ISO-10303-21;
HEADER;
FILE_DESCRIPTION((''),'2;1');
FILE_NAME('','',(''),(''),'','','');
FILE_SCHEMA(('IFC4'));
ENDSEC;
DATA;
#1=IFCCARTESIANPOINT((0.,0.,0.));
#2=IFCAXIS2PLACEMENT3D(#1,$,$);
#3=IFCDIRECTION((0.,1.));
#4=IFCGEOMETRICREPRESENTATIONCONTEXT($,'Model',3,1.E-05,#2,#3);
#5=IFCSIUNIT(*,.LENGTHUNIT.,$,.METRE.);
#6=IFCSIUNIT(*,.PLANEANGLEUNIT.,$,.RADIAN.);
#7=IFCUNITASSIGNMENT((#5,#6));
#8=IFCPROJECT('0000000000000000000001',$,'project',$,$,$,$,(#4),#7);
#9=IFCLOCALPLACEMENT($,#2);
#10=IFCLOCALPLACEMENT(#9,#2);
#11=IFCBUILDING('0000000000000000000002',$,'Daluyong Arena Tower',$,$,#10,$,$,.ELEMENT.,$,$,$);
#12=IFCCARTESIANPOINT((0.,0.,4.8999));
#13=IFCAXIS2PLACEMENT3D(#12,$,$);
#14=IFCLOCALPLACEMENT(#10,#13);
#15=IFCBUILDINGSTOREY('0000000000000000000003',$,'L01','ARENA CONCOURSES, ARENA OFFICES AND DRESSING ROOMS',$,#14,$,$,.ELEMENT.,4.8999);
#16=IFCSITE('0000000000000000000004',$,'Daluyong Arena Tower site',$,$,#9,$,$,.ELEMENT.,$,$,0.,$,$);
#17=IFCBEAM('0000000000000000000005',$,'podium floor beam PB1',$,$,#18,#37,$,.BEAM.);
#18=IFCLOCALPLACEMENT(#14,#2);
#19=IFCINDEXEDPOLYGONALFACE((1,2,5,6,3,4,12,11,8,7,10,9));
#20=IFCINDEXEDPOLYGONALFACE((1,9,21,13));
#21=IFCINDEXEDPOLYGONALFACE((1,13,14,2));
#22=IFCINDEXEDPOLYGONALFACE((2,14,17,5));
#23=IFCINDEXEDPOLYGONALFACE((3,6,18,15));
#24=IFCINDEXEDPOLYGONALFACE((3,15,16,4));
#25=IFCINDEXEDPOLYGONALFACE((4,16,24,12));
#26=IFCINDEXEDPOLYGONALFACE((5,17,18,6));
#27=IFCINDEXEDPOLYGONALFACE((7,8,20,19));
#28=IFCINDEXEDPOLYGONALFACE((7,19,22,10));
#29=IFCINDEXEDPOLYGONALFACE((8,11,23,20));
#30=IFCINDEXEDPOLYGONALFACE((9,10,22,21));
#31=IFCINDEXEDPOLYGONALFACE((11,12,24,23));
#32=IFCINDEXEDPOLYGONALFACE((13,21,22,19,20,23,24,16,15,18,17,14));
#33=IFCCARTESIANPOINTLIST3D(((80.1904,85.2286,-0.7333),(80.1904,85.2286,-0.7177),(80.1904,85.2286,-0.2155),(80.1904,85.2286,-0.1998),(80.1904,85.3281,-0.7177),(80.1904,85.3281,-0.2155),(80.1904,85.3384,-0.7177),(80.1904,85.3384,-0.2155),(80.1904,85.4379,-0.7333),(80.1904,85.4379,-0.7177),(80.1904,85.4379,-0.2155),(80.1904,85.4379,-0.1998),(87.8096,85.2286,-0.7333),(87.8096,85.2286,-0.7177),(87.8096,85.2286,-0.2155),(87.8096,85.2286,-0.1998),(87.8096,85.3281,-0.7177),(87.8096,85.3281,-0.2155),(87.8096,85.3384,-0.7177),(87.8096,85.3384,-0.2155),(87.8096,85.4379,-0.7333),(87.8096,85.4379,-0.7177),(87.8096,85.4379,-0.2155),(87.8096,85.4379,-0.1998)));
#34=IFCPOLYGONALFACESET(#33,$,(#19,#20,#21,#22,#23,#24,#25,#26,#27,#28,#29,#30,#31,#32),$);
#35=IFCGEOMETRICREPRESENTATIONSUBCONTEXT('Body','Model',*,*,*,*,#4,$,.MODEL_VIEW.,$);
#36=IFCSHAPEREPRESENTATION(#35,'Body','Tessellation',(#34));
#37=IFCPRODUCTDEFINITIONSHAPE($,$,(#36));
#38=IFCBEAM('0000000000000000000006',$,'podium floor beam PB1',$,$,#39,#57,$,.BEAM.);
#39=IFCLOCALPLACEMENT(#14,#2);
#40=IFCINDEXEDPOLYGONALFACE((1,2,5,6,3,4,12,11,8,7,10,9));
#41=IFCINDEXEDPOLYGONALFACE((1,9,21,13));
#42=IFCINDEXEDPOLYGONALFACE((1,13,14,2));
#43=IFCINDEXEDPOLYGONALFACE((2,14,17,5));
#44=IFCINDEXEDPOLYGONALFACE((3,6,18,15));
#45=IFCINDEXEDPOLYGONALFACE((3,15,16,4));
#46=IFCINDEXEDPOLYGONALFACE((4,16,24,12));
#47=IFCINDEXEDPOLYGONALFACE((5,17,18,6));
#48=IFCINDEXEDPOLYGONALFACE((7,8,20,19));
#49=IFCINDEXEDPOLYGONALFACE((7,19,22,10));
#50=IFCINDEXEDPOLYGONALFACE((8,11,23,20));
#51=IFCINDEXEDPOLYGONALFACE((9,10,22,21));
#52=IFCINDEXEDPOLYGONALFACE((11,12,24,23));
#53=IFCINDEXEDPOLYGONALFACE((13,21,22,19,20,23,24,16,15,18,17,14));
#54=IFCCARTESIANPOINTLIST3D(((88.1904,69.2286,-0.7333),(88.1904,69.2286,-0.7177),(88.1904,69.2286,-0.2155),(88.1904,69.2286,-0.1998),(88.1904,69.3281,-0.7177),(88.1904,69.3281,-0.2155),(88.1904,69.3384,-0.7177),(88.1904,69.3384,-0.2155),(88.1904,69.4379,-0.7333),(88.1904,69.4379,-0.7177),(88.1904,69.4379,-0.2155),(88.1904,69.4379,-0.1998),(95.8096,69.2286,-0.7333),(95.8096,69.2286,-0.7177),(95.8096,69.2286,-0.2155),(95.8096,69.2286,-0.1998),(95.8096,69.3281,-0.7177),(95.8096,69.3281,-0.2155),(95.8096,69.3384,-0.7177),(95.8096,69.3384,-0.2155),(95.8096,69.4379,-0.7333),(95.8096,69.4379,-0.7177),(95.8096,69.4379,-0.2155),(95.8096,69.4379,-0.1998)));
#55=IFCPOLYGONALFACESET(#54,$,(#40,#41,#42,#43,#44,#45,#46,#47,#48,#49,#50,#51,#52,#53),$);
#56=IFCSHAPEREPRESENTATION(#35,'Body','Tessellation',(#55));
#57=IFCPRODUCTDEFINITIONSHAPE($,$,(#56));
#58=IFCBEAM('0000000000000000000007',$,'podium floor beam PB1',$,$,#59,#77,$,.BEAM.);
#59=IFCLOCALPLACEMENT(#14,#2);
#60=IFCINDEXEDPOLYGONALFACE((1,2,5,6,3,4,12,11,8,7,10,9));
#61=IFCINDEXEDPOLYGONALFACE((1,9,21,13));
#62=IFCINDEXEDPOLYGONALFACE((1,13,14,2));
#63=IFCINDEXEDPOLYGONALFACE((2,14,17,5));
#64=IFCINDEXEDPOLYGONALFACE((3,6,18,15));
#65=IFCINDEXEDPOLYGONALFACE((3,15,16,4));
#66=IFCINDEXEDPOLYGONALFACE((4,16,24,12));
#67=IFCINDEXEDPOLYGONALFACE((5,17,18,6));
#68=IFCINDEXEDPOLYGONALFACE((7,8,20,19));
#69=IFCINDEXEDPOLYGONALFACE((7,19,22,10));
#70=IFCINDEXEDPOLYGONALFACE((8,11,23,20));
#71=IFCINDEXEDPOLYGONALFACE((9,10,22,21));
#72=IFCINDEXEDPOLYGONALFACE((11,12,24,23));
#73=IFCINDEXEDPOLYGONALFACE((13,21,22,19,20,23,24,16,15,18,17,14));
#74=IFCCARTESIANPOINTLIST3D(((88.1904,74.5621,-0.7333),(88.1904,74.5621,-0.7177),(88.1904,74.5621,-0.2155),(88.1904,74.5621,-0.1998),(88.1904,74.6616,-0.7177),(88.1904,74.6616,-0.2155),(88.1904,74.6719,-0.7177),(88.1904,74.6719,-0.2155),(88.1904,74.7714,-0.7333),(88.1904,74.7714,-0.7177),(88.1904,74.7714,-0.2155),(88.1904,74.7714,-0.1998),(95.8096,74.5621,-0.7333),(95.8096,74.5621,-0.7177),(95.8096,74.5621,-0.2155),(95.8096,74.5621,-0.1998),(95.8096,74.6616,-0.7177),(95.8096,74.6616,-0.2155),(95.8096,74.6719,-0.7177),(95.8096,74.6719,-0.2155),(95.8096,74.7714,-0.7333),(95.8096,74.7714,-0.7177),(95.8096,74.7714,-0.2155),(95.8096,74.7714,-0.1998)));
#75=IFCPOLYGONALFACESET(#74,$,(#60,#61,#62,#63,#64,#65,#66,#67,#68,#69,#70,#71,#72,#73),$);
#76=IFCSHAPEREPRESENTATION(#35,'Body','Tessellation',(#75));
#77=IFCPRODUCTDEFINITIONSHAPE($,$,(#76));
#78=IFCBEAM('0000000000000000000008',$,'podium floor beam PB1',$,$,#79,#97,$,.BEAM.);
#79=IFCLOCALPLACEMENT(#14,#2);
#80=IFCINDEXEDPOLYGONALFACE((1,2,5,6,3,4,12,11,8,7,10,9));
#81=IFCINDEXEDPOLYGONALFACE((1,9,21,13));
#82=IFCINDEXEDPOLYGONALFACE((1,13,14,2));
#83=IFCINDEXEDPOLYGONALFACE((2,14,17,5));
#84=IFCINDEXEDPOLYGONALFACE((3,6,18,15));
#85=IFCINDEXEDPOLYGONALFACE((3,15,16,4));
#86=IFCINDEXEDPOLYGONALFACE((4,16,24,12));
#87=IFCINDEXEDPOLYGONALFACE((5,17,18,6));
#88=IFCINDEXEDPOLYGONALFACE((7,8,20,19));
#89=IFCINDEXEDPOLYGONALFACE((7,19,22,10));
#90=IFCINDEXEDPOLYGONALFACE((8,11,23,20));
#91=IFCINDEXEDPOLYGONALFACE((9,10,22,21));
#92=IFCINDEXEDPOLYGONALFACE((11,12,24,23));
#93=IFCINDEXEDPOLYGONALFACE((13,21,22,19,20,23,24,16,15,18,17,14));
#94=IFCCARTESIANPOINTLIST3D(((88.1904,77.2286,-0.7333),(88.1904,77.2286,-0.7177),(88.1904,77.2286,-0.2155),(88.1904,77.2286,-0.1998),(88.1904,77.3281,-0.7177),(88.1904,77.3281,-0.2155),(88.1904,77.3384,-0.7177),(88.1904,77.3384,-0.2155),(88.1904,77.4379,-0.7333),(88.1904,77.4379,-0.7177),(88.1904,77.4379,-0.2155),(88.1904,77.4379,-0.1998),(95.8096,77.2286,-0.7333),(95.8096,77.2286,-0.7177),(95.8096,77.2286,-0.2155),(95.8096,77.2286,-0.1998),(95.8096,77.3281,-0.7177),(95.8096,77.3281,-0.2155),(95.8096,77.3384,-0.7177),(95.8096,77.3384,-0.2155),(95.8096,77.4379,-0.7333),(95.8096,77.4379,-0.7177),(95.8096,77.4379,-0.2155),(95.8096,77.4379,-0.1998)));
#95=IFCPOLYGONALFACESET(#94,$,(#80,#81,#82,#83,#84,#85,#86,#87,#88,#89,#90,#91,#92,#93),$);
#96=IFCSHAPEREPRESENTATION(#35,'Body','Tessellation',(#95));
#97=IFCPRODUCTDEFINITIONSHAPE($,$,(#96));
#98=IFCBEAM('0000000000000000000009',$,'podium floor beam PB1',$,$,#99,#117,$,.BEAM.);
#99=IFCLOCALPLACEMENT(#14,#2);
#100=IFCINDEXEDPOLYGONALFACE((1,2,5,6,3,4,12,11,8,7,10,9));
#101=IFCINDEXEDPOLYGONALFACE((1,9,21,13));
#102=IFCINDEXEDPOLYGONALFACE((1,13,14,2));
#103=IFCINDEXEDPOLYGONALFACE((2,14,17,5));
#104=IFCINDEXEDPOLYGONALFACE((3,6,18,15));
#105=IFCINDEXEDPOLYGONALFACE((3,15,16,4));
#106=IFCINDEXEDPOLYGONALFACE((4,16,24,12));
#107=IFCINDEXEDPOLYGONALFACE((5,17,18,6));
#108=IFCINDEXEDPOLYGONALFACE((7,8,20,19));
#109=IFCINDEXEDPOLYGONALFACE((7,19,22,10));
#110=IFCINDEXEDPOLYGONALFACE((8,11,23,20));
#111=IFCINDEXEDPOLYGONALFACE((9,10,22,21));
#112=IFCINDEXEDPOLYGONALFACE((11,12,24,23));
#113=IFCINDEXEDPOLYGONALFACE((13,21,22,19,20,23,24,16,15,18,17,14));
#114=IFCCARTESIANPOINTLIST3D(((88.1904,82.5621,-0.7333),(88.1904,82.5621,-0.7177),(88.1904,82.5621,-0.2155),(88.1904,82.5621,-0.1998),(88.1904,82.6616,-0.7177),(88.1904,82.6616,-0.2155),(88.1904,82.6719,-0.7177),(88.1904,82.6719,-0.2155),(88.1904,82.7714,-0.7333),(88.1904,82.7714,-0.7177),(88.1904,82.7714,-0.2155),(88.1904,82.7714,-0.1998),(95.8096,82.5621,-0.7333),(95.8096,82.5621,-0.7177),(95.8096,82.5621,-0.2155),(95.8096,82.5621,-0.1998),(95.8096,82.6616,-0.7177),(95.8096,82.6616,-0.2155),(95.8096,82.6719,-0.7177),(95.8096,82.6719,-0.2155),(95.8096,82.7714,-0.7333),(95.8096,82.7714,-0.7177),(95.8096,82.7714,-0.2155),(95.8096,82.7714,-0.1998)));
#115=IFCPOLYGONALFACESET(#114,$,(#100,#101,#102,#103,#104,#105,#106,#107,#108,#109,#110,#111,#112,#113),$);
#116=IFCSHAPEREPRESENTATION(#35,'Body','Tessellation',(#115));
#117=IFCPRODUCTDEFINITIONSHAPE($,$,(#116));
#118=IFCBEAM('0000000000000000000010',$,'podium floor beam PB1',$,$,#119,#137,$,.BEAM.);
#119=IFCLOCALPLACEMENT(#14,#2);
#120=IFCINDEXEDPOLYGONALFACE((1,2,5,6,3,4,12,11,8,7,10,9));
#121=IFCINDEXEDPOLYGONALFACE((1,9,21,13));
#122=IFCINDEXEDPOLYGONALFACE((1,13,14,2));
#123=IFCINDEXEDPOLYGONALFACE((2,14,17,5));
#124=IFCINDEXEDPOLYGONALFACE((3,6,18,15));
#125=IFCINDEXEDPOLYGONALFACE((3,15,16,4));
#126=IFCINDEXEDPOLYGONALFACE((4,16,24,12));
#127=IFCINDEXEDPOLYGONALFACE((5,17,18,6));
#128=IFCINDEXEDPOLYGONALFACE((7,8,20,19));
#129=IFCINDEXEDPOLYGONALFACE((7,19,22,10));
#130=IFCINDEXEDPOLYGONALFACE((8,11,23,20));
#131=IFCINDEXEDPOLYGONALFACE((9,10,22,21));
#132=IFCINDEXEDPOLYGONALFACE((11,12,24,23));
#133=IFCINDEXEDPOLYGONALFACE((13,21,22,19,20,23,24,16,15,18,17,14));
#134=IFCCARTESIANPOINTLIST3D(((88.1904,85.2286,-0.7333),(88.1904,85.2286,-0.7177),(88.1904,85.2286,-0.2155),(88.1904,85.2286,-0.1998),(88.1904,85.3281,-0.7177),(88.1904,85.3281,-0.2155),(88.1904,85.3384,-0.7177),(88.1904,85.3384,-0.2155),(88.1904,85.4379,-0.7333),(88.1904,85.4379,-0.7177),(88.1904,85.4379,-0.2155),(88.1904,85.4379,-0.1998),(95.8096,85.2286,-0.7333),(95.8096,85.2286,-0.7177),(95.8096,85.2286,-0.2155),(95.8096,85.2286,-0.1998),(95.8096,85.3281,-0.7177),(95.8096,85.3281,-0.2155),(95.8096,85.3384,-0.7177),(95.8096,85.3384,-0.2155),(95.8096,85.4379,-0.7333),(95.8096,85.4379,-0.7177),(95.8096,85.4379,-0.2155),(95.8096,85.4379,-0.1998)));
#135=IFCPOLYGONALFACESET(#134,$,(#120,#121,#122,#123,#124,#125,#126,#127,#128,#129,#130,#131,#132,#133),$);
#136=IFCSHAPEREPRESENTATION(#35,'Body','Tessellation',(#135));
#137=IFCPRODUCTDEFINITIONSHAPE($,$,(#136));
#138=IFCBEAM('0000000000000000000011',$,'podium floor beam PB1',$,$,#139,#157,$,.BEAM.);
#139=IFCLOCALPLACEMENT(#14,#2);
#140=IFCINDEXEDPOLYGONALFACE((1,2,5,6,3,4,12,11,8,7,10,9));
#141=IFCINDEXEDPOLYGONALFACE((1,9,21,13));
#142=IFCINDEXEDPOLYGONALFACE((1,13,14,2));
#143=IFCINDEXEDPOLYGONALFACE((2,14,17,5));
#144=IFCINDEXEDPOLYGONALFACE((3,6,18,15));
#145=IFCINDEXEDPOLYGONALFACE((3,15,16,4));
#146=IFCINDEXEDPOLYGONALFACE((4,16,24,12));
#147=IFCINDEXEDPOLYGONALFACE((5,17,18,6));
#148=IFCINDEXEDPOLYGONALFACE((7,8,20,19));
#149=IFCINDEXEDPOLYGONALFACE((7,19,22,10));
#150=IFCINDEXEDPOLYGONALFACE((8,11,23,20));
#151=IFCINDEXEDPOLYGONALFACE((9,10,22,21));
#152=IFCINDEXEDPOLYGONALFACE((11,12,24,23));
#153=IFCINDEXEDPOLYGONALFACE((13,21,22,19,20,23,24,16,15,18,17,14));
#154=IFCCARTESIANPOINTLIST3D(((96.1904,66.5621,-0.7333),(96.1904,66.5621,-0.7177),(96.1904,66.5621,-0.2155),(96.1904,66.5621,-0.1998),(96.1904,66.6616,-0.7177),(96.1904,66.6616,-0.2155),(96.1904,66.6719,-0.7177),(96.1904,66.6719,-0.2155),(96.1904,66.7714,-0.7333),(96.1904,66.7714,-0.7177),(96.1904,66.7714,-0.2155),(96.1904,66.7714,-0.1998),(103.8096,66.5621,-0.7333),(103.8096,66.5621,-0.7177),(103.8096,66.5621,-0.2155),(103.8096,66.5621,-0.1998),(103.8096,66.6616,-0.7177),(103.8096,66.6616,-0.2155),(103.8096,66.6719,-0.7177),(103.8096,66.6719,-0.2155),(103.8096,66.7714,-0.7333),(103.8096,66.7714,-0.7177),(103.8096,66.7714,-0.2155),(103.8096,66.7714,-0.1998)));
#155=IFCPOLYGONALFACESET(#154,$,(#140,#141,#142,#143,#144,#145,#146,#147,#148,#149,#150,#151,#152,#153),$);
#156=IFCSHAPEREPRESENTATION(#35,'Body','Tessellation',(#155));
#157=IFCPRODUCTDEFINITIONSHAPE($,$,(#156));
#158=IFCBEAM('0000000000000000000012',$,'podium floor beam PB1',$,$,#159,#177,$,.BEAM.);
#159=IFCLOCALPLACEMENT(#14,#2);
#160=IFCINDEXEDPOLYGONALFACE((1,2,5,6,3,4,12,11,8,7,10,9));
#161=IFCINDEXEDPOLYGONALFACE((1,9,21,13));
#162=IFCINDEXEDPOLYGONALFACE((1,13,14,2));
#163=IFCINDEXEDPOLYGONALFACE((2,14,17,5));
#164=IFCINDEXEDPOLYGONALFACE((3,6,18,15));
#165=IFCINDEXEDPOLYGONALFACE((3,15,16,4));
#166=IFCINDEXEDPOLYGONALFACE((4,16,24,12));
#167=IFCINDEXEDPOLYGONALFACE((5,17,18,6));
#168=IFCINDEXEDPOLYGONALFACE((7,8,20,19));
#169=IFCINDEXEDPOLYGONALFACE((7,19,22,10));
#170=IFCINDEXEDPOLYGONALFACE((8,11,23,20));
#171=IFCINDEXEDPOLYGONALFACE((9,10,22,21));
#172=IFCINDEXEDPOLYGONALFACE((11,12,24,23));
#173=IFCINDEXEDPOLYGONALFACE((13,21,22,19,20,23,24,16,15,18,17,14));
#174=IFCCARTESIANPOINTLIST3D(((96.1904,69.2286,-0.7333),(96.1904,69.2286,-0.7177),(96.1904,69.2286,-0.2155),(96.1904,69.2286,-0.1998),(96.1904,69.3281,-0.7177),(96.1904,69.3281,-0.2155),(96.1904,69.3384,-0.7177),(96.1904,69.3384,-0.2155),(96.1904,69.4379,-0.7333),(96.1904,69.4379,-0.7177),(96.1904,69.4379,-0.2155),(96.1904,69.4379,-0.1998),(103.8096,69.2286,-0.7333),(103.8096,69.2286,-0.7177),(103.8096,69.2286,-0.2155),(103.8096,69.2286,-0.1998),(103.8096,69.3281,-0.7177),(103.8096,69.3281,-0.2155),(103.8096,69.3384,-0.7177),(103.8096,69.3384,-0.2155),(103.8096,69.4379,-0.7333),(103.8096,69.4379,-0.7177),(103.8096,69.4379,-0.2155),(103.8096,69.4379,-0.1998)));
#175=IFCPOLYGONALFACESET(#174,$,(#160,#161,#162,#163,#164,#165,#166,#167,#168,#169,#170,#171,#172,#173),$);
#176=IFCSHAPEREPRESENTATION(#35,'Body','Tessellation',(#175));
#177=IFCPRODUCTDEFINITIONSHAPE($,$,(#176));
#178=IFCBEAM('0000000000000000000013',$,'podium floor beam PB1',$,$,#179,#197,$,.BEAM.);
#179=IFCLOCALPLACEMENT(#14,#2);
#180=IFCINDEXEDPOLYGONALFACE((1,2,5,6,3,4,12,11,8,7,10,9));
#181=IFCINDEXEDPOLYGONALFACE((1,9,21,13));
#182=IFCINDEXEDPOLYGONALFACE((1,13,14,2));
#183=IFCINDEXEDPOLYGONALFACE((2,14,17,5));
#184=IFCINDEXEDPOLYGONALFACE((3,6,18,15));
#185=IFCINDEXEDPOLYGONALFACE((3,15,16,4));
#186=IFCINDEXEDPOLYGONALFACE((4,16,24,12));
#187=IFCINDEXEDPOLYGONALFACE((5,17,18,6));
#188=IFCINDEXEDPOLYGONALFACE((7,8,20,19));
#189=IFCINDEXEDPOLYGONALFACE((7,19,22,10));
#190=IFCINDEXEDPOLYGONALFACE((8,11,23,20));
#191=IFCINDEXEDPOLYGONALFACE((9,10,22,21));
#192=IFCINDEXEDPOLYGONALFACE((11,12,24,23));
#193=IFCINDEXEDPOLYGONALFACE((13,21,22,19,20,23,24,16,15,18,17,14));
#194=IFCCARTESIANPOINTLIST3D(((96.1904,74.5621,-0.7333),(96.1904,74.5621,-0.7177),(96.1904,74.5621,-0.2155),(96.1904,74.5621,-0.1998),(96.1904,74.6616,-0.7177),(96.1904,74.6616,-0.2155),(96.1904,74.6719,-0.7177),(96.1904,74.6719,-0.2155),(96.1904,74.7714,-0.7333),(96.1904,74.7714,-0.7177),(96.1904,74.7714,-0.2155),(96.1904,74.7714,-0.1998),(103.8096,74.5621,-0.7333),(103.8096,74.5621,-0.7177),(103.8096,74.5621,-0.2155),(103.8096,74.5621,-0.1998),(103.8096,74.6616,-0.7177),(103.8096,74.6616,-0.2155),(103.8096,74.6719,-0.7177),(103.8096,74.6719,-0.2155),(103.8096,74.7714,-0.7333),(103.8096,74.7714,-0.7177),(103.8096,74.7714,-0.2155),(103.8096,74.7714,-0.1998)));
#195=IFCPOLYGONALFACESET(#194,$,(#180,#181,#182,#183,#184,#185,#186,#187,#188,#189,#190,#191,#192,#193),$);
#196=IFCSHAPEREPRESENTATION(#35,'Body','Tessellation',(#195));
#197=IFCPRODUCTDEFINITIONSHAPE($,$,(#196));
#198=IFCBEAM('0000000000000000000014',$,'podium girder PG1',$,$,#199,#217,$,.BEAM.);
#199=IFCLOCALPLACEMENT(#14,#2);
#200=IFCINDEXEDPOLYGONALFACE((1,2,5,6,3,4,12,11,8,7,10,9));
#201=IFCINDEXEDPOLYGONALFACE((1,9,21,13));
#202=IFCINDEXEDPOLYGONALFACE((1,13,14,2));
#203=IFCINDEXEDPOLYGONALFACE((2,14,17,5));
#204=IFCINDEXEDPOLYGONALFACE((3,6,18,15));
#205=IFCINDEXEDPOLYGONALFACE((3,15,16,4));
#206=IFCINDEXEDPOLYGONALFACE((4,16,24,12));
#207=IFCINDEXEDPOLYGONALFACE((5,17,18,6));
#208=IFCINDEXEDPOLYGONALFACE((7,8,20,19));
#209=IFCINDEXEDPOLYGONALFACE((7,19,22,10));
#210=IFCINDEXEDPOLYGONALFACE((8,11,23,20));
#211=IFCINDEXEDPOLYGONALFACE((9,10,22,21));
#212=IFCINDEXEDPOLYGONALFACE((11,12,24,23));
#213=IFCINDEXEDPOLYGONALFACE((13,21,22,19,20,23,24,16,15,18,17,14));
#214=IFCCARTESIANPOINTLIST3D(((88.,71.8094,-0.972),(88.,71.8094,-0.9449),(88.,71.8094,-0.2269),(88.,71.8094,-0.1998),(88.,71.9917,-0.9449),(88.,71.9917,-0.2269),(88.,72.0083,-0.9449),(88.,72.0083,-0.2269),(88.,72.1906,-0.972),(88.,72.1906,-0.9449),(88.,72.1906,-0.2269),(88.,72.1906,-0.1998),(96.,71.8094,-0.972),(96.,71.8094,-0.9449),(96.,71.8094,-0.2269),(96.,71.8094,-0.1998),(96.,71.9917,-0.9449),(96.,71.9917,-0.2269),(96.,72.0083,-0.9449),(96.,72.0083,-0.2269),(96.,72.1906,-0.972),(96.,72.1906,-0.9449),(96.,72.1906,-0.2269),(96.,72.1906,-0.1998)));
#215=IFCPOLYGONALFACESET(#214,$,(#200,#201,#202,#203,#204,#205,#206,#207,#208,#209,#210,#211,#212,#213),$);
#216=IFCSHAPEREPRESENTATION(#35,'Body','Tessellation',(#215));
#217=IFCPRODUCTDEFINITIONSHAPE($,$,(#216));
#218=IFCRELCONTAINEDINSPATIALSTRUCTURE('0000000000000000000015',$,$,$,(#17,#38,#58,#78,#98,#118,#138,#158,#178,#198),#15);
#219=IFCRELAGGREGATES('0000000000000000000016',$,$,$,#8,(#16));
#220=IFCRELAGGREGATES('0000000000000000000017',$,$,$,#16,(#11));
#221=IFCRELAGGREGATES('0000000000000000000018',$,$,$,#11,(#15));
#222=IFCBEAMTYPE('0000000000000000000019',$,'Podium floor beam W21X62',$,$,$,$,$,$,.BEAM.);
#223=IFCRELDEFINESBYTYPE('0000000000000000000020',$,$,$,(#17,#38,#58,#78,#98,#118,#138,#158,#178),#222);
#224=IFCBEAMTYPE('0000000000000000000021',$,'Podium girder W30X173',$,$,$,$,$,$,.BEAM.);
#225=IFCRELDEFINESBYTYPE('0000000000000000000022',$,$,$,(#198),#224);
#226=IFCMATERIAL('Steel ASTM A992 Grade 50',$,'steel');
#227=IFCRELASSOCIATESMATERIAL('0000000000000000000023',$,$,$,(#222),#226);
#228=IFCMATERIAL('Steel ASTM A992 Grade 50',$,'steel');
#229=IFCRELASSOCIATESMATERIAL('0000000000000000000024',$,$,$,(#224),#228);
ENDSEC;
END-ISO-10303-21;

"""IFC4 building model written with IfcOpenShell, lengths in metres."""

from ifc_helpers import new_model, si_unit, direction, frame, origin, origin_2d, place, context, subcontext, project, spatial, i_section, extrude, material, material_profile, profile_set, type_object, element, save


model = new_model("IFC4")

# Units and contexts
model_context = context("Model", 3, precision=1e-05, world=origin(), true_north=direction((0.0, 1.0)))
body_context = subcontext(model_context, "Body", "Model", "MODEL_VIEW")
ifc_project = project(units=[si_unit("LENGTHUNIT", "METRE"), si_unit("PLANEANGLEUNIT", "RADIAN")], contexts=[model_context])

# Site, building, storey
site_placement = place(None, origin())
site = spatial("IfcSite", under=ifc_project, at=site_placement, Name="Daluyong Arena Tower site", CompositionType="ELEMENT", RefElevation=0.0)
building_placement = place(site_placement, origin())
building = spatial("IfcBuilding", under=site, at=building_placement, Name="Daluyong Arena Tower", CompositionType="ELEMENT")
storey_placement = place(building_placement, frame((0.0, 0.0, 4.8999)))
storey = spatial("IfcBuildingStorey", under=building, at=storey_placement, Name="L01", Description="ARENA CONCOURSES, ARENA OFFICES AND DRESSING ROOMS", CompositionType="ELEMENT", Elevation=4.8999)

# Beams
ifc_material_1 = material(Name="Steel ASTM A992 Grade 50", Category="steel")
ifc_material_profile_1 = material_profile(ifc_material_1, i_section(OverallWidth=0.2092, OverallDepth=0.5334, WebThickness=0.0103, FlangeThickness=0.0156, at=origin_2d()))
ifc_profile_set_1 = profile_set([ifc_material_profile_1], Name="Steel ASTM A992 Grade 50")
beam_type_1 = type_object("IfcBeamType", Name="Podium floor beam W21X62", PredefinedType="BEAM", material=ifc_profile_set_1)
for number, where, z_axis, x_axis, name in (
    (1, (80.1904, 85.3333, -0.4666), (1.0, 0.0, 0.0), (0.0, 1.0, 0.0), "podium floor beam PB1"),
    (2, (88.1904, 69.3333, -0.4666), (1.0, 0.0, 0.0), (0.0, 1.0, 0.0), "podium floor beam PB1"),
    (3, (88.1904, 74.6667, -0.4666), (1.0, 0.0, 0.0), (0.0, 1.0, 0.0), "podium floor beam PB1"),
    (4, (88.1904, 77.3333, -0.4666), (1.0, 0.0, 0.0), (0.0, 1.0, 0.0), "podium floor beam PB1"),
    (5, (88.1904, 82.6667, -0.4666), (1.0, 0.0, 0.0), (0.0, 1.0, 0.0), "podium floor beam PB1"),
    (6, (88.1904, 85.3333, -0.4666), (1.0, 0.0, 0.0), (0.0, 1.0, 0.0), "podium floor beam PB1"),
    (7, (96.1904, 66.6667, -0.4666), (1.0, 0.0, 0.0), (0.0, 1.0, 0.0), "podium floor beam PB1"),
    (8, (96.1904, 69.3333, -0.4666), (1.0, 0.0, 0.0), (0.0, 1.0, 0.0), "podium floor beam PB1"),
    (9, (96.1904, 74.6667, -0.4666), (1.0, 0.0, 0.0), (0.0, 1.0, 0.0), "podium floor beam PB1"),
):
    element("IfcBeam", number, at=place(storey_placement, frame(where, z_axis=z_axis, x_axis=x_axis)), inside=storey, type_object=beam_type_1, Name=name, PredefinedType="BEAM", context=body_context, shape_type="SweptSolid", body=[
        extrude(i_section(OverallWidth=0.2092, OverallDepth=0.5334, WebThickness=0.0103, FlangeThickness=0.0156, at=origin_2d()), origin(), (0.0, 0.0, 1.0), 7.6191),
    ])
ifc_material_2 = material(Name="Steel ASTM A992 Grade 50", Category="steel")
ifc_material_profile_2 = material_profile(ifc_material_2, i_section(OverallWidth=0.3811, OverallDepth=0.7722, WebThickness=0.0166, FlangeThickness=0.0271, at=origin_2d()))
ifc_profile_set_2 = profile_set([ifc_material_profile_2], Name="Steel ASTM A992 Grade 50")
beam_type_2 = type_object("IfcBeamType", Name="Podium girder W30X173", PredefinedType="BEAM", material=ifc_profile_set_2)
for number, where, z_axis, x_axis, name in (
    (10, (88.0, 72.0, -0.5859), (1.0, 0.0, 0.0), (0.0, 1.0, 0.0), "podium girder PG1"),
):
    element("IfcBeam", number, at=place(storey_placement, frame(where, z_axis=z_axis, x_axis=x_axis)), inside=storey, type_object=beam_type_2, Name=name, PredefinedType="BEAM", context=body_context, shape_type="SweptSolid", body=[
        extrude(i_section(OverallWidth=0.3811, OverallDepth=0.7722, WebThickness=0.0166, FlangeThickness=0.0271, at=origin_2d()), origin(), (0.0, 0.0, 1.0), 8.0),
    ])

save(model, "model.ifc")
